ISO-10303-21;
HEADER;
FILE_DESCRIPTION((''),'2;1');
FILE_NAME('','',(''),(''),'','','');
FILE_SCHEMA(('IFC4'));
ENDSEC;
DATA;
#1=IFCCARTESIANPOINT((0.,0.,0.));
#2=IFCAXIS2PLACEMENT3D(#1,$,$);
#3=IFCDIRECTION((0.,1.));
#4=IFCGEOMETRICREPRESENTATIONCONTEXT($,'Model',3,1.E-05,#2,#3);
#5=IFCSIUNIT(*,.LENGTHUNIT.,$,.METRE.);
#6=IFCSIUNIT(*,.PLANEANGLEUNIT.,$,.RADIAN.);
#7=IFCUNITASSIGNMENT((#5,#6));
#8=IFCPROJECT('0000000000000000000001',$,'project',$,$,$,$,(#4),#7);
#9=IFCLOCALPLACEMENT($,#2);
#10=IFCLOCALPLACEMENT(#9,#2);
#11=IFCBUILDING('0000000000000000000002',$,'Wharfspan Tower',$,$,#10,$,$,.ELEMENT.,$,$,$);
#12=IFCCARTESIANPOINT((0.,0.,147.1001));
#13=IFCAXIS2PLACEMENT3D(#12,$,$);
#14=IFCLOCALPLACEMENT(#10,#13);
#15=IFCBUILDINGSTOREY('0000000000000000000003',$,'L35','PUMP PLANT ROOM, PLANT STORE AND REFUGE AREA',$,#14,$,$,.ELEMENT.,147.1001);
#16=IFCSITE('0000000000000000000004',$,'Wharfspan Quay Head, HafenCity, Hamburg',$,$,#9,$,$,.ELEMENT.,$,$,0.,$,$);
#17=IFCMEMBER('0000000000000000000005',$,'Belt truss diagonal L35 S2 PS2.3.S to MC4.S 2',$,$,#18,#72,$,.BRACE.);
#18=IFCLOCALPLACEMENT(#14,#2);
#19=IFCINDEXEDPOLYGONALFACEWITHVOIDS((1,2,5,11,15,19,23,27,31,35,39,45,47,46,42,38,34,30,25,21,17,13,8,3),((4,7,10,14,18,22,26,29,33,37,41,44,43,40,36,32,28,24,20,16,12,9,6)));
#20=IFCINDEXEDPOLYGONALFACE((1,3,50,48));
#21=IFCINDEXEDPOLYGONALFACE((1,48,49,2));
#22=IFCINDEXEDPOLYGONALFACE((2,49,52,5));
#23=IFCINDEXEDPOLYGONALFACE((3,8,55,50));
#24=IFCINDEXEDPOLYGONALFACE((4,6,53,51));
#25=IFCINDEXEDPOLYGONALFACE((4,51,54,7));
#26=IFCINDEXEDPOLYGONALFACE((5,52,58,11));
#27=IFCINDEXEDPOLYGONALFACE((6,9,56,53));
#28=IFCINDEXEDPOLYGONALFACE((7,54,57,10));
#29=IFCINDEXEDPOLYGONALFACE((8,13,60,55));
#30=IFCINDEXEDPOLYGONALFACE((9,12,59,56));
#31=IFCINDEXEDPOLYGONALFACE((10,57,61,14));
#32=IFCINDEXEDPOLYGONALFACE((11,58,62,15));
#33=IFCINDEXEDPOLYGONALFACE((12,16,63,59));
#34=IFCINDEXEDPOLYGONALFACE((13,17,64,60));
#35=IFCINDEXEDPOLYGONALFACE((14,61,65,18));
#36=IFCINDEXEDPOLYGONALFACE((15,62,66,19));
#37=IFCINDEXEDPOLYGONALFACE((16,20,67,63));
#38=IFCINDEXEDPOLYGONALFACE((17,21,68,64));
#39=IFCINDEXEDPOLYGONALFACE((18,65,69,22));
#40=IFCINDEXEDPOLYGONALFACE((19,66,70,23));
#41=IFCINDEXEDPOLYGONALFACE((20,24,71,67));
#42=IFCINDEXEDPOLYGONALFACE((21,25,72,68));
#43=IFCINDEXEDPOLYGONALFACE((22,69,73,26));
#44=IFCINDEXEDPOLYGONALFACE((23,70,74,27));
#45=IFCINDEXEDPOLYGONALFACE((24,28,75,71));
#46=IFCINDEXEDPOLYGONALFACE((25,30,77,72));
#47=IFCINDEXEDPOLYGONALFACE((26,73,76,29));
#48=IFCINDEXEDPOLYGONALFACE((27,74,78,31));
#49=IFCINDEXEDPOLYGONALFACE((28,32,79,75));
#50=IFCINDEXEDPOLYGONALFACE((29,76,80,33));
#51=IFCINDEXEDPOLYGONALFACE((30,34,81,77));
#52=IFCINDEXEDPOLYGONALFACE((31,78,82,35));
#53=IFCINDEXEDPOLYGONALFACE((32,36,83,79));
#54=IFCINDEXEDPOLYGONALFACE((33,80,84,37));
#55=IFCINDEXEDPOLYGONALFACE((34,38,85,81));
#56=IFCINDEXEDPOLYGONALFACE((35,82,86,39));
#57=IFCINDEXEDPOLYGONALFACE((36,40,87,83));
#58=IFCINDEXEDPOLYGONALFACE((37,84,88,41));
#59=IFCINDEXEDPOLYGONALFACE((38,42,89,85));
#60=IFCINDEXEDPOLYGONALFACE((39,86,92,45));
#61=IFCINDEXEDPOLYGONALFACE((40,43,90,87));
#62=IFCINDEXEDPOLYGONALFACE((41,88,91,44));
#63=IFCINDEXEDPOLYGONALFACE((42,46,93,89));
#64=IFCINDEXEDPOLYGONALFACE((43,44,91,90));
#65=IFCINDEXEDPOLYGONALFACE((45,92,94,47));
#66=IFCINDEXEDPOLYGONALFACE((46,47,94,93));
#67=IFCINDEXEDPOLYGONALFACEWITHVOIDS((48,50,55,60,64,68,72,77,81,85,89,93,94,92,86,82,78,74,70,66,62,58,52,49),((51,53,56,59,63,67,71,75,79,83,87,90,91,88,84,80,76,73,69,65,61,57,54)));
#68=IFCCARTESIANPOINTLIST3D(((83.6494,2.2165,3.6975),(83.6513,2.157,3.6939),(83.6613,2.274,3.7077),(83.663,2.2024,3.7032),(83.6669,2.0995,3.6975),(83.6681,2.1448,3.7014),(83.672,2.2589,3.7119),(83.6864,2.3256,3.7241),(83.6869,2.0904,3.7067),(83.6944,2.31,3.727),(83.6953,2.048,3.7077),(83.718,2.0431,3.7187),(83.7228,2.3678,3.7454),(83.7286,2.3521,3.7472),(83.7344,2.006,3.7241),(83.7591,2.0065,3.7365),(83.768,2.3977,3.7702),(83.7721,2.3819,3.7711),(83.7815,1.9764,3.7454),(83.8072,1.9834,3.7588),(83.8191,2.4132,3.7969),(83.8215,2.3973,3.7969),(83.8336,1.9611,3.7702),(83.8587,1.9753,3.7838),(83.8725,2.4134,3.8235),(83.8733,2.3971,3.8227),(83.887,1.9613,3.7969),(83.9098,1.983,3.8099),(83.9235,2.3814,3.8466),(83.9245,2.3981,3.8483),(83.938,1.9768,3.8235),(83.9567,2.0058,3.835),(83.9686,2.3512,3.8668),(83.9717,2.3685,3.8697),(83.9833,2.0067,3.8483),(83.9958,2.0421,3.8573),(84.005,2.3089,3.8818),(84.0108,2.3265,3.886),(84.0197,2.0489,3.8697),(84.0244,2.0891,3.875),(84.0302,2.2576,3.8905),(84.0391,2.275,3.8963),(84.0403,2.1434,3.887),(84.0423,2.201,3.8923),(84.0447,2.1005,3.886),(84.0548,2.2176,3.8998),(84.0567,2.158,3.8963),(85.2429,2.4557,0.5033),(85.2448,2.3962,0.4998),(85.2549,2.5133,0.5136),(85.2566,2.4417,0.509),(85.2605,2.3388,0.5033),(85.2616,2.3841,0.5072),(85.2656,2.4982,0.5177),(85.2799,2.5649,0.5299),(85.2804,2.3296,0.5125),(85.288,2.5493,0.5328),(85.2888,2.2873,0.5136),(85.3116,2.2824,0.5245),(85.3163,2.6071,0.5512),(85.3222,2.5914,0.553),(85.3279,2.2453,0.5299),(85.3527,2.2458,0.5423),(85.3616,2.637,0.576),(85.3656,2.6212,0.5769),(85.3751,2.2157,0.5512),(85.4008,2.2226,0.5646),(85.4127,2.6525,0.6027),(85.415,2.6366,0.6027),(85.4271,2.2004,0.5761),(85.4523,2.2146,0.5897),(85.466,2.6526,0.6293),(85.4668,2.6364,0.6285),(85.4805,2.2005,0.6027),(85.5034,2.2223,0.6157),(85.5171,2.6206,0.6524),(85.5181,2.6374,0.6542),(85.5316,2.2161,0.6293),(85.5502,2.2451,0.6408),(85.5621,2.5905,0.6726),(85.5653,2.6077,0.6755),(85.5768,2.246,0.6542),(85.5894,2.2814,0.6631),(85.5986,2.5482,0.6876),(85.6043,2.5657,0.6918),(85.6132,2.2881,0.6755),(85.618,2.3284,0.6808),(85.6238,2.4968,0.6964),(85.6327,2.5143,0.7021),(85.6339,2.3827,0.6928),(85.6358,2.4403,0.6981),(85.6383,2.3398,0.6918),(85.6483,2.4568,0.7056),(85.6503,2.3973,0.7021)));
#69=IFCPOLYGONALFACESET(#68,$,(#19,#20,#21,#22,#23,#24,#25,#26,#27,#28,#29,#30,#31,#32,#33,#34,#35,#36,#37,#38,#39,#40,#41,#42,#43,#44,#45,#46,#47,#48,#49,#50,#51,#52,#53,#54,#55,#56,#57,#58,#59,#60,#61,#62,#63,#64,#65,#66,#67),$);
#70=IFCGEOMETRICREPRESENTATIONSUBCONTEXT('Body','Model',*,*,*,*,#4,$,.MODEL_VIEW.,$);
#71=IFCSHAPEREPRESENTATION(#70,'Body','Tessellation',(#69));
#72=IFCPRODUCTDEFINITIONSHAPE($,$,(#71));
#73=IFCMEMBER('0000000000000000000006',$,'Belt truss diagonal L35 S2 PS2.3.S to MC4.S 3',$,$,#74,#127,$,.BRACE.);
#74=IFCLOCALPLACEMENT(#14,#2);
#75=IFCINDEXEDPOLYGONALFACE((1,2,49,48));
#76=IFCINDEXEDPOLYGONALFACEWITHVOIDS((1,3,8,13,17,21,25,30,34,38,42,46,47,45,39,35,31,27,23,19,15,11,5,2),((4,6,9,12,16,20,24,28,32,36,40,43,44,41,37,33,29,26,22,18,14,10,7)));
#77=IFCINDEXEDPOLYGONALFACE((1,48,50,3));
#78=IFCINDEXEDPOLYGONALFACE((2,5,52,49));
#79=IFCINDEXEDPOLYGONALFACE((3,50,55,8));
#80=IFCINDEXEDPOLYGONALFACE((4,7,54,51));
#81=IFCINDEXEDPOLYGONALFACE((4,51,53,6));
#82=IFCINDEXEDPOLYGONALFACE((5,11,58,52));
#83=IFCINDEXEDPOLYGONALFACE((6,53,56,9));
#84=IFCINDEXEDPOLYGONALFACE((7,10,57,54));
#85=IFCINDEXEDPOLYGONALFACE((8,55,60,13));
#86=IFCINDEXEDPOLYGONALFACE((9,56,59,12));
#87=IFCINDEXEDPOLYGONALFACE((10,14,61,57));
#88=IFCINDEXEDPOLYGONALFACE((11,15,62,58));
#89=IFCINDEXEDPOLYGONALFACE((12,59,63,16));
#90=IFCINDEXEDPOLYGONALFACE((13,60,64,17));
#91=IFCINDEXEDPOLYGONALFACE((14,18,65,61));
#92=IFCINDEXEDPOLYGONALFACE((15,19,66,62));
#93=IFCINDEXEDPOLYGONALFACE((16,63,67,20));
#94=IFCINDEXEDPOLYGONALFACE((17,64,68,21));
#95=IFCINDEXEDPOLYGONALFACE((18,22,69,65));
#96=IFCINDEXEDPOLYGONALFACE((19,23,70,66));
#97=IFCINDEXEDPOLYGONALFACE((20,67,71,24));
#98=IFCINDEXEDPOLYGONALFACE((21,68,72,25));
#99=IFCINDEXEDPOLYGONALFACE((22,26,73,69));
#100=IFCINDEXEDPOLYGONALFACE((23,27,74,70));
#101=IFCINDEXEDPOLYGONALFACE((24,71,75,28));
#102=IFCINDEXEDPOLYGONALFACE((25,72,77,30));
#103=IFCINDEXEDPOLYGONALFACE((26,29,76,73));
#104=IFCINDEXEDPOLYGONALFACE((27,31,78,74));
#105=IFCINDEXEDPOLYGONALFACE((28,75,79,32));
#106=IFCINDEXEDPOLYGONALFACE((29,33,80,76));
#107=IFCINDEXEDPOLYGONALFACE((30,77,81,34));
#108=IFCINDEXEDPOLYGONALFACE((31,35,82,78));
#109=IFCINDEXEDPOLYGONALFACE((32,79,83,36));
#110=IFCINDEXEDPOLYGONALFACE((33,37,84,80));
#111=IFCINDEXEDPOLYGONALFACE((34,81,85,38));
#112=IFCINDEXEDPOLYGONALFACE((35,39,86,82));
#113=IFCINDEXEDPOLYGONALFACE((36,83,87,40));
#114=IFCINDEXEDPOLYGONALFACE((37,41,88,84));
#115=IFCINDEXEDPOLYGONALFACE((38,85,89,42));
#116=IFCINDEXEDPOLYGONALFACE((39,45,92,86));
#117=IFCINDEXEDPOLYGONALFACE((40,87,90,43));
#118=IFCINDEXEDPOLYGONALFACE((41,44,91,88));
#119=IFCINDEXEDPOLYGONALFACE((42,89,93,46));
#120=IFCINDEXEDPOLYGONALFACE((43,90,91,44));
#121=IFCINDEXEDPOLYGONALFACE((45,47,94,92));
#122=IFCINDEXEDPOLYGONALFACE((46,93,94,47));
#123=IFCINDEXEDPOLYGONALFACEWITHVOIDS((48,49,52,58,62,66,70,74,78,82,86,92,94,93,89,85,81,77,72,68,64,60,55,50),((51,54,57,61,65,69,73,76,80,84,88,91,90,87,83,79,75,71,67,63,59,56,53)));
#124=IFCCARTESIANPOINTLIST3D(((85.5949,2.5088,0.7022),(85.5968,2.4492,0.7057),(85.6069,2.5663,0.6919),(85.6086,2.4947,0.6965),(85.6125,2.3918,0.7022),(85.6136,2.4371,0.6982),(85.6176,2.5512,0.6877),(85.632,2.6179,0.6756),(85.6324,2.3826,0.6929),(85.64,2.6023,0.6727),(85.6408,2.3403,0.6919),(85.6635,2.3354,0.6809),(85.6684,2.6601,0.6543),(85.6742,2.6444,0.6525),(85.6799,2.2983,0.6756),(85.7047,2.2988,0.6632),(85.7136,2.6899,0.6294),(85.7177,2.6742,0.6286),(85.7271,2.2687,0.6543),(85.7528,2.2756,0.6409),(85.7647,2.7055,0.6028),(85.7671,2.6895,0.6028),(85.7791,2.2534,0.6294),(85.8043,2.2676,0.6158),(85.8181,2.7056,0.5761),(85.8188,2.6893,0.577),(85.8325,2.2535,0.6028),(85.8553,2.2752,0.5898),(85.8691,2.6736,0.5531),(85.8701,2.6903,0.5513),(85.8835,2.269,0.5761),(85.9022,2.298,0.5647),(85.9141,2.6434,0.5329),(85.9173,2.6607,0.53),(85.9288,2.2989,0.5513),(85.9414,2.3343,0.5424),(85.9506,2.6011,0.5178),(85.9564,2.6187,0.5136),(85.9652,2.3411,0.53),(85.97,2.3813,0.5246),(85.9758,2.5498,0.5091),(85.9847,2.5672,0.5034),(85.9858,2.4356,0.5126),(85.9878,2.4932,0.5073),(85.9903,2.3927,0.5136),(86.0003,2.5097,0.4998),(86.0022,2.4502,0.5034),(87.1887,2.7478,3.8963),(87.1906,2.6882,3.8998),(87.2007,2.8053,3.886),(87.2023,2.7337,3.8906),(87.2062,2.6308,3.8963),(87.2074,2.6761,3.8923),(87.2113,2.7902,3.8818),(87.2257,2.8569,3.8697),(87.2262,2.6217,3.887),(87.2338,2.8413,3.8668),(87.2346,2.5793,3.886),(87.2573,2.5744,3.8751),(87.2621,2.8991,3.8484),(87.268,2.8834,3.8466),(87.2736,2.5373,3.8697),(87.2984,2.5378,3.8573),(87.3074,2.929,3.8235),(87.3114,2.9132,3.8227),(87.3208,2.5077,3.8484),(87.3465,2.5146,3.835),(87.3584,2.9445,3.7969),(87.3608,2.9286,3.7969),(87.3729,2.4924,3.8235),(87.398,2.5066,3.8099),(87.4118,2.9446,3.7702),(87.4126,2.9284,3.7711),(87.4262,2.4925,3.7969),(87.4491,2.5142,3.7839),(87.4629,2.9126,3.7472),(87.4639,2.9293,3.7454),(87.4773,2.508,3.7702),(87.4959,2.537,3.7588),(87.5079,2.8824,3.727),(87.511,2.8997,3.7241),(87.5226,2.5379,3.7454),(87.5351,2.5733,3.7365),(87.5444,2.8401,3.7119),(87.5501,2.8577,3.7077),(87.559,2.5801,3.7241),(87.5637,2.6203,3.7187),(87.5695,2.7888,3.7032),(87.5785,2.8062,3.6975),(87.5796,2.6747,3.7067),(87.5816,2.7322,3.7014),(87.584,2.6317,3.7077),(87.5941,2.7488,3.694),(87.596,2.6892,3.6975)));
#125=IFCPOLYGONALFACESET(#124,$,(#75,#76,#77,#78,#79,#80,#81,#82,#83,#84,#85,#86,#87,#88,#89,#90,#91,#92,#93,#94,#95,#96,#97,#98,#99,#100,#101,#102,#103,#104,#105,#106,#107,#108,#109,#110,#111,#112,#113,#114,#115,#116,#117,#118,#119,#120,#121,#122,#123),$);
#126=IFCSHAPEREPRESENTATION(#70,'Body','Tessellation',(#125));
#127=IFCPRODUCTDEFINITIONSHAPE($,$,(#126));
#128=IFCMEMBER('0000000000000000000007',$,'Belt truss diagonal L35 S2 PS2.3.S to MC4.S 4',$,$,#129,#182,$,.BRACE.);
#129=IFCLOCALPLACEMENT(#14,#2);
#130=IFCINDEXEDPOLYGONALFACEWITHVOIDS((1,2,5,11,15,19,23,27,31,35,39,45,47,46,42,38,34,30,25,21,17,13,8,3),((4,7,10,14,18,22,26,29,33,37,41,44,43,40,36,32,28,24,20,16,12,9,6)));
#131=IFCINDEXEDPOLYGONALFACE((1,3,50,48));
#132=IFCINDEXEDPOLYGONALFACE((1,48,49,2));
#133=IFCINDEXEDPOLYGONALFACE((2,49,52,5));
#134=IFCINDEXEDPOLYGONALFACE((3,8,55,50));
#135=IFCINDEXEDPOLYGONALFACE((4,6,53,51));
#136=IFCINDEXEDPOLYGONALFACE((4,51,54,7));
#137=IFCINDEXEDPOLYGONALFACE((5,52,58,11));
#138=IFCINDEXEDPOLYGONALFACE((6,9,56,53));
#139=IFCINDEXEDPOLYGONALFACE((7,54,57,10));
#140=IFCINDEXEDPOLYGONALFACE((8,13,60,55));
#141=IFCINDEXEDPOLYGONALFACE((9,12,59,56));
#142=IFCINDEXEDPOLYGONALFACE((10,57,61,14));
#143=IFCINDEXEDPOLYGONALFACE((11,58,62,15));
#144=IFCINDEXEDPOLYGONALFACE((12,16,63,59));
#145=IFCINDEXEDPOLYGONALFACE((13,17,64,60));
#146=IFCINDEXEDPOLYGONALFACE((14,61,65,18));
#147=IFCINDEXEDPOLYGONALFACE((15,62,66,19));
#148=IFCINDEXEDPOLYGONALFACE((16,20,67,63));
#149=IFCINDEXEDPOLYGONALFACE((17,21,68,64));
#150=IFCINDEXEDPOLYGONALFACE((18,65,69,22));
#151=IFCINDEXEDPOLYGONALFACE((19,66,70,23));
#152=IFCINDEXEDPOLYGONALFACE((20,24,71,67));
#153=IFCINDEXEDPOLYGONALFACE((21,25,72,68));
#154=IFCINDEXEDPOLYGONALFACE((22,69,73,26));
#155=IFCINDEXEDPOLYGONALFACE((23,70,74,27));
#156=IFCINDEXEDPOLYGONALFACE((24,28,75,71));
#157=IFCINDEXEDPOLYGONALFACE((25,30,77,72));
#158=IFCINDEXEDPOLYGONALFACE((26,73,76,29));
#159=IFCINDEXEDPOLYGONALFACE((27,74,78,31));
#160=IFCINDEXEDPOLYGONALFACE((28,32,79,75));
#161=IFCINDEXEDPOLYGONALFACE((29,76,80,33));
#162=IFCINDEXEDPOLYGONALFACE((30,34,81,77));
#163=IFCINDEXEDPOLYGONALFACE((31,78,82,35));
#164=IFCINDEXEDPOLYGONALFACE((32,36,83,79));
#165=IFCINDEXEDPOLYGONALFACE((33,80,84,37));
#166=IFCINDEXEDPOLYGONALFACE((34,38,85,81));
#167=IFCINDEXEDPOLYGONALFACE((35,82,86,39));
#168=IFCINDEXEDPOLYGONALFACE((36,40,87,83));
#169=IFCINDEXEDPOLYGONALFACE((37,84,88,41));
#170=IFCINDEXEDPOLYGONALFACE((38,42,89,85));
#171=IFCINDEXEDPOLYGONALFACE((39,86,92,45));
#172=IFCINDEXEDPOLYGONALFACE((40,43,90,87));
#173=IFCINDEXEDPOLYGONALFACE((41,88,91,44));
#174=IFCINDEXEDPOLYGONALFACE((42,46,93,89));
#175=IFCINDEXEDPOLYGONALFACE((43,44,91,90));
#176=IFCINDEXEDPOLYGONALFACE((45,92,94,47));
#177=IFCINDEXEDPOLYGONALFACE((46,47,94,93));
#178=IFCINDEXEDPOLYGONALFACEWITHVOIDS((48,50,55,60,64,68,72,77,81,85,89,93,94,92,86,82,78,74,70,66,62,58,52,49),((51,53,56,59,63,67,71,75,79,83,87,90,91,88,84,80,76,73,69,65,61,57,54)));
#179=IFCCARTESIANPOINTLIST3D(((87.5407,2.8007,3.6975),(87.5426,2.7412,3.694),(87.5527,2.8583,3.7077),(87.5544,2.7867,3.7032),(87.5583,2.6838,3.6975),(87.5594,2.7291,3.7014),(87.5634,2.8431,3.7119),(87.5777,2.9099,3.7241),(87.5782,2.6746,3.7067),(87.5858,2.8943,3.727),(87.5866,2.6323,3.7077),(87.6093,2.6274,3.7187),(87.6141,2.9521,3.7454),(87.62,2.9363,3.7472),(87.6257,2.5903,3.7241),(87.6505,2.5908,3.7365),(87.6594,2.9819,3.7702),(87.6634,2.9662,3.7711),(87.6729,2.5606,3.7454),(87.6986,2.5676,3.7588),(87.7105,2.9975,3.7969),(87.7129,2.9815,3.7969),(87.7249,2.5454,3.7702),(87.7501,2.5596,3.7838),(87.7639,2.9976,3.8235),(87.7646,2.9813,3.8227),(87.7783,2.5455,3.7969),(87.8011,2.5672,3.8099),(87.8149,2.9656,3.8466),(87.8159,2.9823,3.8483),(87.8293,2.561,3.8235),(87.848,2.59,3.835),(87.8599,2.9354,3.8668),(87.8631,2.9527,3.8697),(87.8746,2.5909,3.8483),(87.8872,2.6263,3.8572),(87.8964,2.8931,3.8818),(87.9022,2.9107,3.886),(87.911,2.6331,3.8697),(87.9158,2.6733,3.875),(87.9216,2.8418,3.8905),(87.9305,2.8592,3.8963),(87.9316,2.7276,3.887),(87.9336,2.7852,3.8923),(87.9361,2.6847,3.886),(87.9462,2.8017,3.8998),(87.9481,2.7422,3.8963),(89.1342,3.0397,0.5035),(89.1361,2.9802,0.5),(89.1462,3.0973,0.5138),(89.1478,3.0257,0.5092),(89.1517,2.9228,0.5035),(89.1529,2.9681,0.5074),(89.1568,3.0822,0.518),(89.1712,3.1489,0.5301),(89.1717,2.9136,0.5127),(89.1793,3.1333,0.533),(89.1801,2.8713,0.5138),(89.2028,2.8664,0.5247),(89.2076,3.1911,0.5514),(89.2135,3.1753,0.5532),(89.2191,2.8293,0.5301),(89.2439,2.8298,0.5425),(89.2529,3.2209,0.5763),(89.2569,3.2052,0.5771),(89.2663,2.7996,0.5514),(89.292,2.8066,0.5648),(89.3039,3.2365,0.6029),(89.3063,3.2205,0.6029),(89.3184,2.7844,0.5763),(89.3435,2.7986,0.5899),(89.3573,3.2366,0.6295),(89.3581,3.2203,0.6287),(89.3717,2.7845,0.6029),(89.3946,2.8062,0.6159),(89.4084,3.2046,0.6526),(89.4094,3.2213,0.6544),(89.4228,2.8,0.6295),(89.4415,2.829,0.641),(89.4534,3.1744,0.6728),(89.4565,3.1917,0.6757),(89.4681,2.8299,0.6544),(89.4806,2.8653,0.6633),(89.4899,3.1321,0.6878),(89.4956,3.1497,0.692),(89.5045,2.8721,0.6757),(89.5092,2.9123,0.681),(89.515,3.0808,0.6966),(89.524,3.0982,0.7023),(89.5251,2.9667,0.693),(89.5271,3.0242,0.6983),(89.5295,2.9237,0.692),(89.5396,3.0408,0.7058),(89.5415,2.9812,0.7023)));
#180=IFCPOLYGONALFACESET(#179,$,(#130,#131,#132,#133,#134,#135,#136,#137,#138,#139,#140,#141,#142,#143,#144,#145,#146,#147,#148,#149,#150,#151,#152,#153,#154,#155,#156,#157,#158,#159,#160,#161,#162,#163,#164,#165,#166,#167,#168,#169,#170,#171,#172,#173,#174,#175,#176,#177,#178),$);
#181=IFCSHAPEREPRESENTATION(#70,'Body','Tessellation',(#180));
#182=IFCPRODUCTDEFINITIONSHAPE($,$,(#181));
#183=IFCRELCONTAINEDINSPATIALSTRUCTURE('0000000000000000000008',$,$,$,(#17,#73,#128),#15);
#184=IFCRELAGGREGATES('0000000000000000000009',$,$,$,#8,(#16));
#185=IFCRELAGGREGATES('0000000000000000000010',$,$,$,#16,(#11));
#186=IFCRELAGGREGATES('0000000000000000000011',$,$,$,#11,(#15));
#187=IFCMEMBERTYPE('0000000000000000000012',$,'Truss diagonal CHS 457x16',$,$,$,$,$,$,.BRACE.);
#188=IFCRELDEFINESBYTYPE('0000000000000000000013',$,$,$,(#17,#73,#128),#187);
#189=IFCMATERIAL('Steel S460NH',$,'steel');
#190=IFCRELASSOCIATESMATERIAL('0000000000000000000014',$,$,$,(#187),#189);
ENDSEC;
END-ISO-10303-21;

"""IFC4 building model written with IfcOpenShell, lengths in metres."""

from ifc_helpers import new_model, si_unit, direction, frame, origin, origin_2d, place, context, subcontext, project, spatial, hollow_circle, extrude, material, material_profile, profile_set, type_object, element, save


model = new_model("IFC4")

# Units and contexts
model_context = context("Model", 3, precision=1e-05, world=origin(), true_north=direction((0.0, 1.0)))
body_context = subcontext(model_context, "Body", "Model", "MODEL_VIEW")
ifc_project = project(units=[si_unit("LENGTHUNIT", "METRE"), si_unit("PLANEANGLEUNIT", "RADIAN")], contexts=[model_context])

# Site, building, storey
site_placement = place(None, origin())
site = spatial("IfcSite", under=ifc_project, at=site_placement, Name="Wharfspan Quay Head, HafenCity, Hamburg", CompositionType="ELEMENT", RefElevation=0.0)
building_placement = place(site_placement, origin())
building = spatial("IfcBuilding", under=site, at=building_placement, Name="Wharfspan Tower", CompositionType="ELEMENT")
storey_placement = place(building_placement, frame((0.0, 0.0, 147.1001)))
storey = spatial("IfcBuildingStorey", under=building, at=storey_placement, Name="L35", Description="PUMP PLANT ROOM, PLANT STORE AND REFUGE AREA", CompositionType="ELEMENT", Elevation=147.1001)

# Members
ifc_material_1 = material(Name="Steel S460NH", Category="steel")
ifc_material_profile_1 = material_profile(ifc_material_1, hollow_circle(Radius=0.2285, WallThickness=0.0161, at=origin_2d()))
ifc_profile_set_1 = profile_set([ifc_material_profile_1], Name="Steel S460NH")
member_type_1 = type_object("IfcMemberType", Name="Truss diagonal CHS 457x16", PredefinedType="BRACE", material=ifc_profile_set_1)
for number, where, z_axis, x_axis, name in (
    (1, (83.853, 2.1873, 3.7969), (0.445421, 0.066878, -0.89282), (-0.148485, 0.988913, -0.000002), "Belt truss diagonal L35 S2 PS2.3.S to MC4.S 2"),
    (2, (85.7986, 2.4795, 0.6028), (0.445477, 0.066808, 0.892797), (-0.148307, 0.988941, -0.000002), "Belt truss diagonal L35 S2 PS2.3.S to MC4.S 3"),
):
    element("IfcMember", number, at=place(storey_placement, frame(where, z_axis=z_axis, x_axis=x_axis)), inside=storey, type_object=member_type_1, Name=name, PredefinedType="BRACE", context=body_context, shape_type="SweptSolid", body=[
        extrude(hollow_circle(Radius=0.2285, WallThickness=0.0161, at=origin_2d()), origin(), (0.0, 0.0, 1.0), 3.5776),
    ])
member_placement = place(storey_placement, frame((87.7444, 2.7715, 3.7969), z_axis=(0.445423, 0.06681, -0.892824), x_axis=(-0.148329, 0.988938, 0.000002)))
element("IfcMember", 3, at=member_placement, inside=storey, type_object=member_type_1, Name="Belt truss diagonal L35 S2 PS2.3.S to MC4.S 4", PredefinedType="BRACE", context=body_context, shape_type="SweptSolid", body=[
    extrude(hollow_circle(Radius=0.2285, WallThickness=0.0161, at=origin_2d()), origin(), (0.0, 0.0, 1.0), 3.5774),
])

save(model, "model.ifc")
